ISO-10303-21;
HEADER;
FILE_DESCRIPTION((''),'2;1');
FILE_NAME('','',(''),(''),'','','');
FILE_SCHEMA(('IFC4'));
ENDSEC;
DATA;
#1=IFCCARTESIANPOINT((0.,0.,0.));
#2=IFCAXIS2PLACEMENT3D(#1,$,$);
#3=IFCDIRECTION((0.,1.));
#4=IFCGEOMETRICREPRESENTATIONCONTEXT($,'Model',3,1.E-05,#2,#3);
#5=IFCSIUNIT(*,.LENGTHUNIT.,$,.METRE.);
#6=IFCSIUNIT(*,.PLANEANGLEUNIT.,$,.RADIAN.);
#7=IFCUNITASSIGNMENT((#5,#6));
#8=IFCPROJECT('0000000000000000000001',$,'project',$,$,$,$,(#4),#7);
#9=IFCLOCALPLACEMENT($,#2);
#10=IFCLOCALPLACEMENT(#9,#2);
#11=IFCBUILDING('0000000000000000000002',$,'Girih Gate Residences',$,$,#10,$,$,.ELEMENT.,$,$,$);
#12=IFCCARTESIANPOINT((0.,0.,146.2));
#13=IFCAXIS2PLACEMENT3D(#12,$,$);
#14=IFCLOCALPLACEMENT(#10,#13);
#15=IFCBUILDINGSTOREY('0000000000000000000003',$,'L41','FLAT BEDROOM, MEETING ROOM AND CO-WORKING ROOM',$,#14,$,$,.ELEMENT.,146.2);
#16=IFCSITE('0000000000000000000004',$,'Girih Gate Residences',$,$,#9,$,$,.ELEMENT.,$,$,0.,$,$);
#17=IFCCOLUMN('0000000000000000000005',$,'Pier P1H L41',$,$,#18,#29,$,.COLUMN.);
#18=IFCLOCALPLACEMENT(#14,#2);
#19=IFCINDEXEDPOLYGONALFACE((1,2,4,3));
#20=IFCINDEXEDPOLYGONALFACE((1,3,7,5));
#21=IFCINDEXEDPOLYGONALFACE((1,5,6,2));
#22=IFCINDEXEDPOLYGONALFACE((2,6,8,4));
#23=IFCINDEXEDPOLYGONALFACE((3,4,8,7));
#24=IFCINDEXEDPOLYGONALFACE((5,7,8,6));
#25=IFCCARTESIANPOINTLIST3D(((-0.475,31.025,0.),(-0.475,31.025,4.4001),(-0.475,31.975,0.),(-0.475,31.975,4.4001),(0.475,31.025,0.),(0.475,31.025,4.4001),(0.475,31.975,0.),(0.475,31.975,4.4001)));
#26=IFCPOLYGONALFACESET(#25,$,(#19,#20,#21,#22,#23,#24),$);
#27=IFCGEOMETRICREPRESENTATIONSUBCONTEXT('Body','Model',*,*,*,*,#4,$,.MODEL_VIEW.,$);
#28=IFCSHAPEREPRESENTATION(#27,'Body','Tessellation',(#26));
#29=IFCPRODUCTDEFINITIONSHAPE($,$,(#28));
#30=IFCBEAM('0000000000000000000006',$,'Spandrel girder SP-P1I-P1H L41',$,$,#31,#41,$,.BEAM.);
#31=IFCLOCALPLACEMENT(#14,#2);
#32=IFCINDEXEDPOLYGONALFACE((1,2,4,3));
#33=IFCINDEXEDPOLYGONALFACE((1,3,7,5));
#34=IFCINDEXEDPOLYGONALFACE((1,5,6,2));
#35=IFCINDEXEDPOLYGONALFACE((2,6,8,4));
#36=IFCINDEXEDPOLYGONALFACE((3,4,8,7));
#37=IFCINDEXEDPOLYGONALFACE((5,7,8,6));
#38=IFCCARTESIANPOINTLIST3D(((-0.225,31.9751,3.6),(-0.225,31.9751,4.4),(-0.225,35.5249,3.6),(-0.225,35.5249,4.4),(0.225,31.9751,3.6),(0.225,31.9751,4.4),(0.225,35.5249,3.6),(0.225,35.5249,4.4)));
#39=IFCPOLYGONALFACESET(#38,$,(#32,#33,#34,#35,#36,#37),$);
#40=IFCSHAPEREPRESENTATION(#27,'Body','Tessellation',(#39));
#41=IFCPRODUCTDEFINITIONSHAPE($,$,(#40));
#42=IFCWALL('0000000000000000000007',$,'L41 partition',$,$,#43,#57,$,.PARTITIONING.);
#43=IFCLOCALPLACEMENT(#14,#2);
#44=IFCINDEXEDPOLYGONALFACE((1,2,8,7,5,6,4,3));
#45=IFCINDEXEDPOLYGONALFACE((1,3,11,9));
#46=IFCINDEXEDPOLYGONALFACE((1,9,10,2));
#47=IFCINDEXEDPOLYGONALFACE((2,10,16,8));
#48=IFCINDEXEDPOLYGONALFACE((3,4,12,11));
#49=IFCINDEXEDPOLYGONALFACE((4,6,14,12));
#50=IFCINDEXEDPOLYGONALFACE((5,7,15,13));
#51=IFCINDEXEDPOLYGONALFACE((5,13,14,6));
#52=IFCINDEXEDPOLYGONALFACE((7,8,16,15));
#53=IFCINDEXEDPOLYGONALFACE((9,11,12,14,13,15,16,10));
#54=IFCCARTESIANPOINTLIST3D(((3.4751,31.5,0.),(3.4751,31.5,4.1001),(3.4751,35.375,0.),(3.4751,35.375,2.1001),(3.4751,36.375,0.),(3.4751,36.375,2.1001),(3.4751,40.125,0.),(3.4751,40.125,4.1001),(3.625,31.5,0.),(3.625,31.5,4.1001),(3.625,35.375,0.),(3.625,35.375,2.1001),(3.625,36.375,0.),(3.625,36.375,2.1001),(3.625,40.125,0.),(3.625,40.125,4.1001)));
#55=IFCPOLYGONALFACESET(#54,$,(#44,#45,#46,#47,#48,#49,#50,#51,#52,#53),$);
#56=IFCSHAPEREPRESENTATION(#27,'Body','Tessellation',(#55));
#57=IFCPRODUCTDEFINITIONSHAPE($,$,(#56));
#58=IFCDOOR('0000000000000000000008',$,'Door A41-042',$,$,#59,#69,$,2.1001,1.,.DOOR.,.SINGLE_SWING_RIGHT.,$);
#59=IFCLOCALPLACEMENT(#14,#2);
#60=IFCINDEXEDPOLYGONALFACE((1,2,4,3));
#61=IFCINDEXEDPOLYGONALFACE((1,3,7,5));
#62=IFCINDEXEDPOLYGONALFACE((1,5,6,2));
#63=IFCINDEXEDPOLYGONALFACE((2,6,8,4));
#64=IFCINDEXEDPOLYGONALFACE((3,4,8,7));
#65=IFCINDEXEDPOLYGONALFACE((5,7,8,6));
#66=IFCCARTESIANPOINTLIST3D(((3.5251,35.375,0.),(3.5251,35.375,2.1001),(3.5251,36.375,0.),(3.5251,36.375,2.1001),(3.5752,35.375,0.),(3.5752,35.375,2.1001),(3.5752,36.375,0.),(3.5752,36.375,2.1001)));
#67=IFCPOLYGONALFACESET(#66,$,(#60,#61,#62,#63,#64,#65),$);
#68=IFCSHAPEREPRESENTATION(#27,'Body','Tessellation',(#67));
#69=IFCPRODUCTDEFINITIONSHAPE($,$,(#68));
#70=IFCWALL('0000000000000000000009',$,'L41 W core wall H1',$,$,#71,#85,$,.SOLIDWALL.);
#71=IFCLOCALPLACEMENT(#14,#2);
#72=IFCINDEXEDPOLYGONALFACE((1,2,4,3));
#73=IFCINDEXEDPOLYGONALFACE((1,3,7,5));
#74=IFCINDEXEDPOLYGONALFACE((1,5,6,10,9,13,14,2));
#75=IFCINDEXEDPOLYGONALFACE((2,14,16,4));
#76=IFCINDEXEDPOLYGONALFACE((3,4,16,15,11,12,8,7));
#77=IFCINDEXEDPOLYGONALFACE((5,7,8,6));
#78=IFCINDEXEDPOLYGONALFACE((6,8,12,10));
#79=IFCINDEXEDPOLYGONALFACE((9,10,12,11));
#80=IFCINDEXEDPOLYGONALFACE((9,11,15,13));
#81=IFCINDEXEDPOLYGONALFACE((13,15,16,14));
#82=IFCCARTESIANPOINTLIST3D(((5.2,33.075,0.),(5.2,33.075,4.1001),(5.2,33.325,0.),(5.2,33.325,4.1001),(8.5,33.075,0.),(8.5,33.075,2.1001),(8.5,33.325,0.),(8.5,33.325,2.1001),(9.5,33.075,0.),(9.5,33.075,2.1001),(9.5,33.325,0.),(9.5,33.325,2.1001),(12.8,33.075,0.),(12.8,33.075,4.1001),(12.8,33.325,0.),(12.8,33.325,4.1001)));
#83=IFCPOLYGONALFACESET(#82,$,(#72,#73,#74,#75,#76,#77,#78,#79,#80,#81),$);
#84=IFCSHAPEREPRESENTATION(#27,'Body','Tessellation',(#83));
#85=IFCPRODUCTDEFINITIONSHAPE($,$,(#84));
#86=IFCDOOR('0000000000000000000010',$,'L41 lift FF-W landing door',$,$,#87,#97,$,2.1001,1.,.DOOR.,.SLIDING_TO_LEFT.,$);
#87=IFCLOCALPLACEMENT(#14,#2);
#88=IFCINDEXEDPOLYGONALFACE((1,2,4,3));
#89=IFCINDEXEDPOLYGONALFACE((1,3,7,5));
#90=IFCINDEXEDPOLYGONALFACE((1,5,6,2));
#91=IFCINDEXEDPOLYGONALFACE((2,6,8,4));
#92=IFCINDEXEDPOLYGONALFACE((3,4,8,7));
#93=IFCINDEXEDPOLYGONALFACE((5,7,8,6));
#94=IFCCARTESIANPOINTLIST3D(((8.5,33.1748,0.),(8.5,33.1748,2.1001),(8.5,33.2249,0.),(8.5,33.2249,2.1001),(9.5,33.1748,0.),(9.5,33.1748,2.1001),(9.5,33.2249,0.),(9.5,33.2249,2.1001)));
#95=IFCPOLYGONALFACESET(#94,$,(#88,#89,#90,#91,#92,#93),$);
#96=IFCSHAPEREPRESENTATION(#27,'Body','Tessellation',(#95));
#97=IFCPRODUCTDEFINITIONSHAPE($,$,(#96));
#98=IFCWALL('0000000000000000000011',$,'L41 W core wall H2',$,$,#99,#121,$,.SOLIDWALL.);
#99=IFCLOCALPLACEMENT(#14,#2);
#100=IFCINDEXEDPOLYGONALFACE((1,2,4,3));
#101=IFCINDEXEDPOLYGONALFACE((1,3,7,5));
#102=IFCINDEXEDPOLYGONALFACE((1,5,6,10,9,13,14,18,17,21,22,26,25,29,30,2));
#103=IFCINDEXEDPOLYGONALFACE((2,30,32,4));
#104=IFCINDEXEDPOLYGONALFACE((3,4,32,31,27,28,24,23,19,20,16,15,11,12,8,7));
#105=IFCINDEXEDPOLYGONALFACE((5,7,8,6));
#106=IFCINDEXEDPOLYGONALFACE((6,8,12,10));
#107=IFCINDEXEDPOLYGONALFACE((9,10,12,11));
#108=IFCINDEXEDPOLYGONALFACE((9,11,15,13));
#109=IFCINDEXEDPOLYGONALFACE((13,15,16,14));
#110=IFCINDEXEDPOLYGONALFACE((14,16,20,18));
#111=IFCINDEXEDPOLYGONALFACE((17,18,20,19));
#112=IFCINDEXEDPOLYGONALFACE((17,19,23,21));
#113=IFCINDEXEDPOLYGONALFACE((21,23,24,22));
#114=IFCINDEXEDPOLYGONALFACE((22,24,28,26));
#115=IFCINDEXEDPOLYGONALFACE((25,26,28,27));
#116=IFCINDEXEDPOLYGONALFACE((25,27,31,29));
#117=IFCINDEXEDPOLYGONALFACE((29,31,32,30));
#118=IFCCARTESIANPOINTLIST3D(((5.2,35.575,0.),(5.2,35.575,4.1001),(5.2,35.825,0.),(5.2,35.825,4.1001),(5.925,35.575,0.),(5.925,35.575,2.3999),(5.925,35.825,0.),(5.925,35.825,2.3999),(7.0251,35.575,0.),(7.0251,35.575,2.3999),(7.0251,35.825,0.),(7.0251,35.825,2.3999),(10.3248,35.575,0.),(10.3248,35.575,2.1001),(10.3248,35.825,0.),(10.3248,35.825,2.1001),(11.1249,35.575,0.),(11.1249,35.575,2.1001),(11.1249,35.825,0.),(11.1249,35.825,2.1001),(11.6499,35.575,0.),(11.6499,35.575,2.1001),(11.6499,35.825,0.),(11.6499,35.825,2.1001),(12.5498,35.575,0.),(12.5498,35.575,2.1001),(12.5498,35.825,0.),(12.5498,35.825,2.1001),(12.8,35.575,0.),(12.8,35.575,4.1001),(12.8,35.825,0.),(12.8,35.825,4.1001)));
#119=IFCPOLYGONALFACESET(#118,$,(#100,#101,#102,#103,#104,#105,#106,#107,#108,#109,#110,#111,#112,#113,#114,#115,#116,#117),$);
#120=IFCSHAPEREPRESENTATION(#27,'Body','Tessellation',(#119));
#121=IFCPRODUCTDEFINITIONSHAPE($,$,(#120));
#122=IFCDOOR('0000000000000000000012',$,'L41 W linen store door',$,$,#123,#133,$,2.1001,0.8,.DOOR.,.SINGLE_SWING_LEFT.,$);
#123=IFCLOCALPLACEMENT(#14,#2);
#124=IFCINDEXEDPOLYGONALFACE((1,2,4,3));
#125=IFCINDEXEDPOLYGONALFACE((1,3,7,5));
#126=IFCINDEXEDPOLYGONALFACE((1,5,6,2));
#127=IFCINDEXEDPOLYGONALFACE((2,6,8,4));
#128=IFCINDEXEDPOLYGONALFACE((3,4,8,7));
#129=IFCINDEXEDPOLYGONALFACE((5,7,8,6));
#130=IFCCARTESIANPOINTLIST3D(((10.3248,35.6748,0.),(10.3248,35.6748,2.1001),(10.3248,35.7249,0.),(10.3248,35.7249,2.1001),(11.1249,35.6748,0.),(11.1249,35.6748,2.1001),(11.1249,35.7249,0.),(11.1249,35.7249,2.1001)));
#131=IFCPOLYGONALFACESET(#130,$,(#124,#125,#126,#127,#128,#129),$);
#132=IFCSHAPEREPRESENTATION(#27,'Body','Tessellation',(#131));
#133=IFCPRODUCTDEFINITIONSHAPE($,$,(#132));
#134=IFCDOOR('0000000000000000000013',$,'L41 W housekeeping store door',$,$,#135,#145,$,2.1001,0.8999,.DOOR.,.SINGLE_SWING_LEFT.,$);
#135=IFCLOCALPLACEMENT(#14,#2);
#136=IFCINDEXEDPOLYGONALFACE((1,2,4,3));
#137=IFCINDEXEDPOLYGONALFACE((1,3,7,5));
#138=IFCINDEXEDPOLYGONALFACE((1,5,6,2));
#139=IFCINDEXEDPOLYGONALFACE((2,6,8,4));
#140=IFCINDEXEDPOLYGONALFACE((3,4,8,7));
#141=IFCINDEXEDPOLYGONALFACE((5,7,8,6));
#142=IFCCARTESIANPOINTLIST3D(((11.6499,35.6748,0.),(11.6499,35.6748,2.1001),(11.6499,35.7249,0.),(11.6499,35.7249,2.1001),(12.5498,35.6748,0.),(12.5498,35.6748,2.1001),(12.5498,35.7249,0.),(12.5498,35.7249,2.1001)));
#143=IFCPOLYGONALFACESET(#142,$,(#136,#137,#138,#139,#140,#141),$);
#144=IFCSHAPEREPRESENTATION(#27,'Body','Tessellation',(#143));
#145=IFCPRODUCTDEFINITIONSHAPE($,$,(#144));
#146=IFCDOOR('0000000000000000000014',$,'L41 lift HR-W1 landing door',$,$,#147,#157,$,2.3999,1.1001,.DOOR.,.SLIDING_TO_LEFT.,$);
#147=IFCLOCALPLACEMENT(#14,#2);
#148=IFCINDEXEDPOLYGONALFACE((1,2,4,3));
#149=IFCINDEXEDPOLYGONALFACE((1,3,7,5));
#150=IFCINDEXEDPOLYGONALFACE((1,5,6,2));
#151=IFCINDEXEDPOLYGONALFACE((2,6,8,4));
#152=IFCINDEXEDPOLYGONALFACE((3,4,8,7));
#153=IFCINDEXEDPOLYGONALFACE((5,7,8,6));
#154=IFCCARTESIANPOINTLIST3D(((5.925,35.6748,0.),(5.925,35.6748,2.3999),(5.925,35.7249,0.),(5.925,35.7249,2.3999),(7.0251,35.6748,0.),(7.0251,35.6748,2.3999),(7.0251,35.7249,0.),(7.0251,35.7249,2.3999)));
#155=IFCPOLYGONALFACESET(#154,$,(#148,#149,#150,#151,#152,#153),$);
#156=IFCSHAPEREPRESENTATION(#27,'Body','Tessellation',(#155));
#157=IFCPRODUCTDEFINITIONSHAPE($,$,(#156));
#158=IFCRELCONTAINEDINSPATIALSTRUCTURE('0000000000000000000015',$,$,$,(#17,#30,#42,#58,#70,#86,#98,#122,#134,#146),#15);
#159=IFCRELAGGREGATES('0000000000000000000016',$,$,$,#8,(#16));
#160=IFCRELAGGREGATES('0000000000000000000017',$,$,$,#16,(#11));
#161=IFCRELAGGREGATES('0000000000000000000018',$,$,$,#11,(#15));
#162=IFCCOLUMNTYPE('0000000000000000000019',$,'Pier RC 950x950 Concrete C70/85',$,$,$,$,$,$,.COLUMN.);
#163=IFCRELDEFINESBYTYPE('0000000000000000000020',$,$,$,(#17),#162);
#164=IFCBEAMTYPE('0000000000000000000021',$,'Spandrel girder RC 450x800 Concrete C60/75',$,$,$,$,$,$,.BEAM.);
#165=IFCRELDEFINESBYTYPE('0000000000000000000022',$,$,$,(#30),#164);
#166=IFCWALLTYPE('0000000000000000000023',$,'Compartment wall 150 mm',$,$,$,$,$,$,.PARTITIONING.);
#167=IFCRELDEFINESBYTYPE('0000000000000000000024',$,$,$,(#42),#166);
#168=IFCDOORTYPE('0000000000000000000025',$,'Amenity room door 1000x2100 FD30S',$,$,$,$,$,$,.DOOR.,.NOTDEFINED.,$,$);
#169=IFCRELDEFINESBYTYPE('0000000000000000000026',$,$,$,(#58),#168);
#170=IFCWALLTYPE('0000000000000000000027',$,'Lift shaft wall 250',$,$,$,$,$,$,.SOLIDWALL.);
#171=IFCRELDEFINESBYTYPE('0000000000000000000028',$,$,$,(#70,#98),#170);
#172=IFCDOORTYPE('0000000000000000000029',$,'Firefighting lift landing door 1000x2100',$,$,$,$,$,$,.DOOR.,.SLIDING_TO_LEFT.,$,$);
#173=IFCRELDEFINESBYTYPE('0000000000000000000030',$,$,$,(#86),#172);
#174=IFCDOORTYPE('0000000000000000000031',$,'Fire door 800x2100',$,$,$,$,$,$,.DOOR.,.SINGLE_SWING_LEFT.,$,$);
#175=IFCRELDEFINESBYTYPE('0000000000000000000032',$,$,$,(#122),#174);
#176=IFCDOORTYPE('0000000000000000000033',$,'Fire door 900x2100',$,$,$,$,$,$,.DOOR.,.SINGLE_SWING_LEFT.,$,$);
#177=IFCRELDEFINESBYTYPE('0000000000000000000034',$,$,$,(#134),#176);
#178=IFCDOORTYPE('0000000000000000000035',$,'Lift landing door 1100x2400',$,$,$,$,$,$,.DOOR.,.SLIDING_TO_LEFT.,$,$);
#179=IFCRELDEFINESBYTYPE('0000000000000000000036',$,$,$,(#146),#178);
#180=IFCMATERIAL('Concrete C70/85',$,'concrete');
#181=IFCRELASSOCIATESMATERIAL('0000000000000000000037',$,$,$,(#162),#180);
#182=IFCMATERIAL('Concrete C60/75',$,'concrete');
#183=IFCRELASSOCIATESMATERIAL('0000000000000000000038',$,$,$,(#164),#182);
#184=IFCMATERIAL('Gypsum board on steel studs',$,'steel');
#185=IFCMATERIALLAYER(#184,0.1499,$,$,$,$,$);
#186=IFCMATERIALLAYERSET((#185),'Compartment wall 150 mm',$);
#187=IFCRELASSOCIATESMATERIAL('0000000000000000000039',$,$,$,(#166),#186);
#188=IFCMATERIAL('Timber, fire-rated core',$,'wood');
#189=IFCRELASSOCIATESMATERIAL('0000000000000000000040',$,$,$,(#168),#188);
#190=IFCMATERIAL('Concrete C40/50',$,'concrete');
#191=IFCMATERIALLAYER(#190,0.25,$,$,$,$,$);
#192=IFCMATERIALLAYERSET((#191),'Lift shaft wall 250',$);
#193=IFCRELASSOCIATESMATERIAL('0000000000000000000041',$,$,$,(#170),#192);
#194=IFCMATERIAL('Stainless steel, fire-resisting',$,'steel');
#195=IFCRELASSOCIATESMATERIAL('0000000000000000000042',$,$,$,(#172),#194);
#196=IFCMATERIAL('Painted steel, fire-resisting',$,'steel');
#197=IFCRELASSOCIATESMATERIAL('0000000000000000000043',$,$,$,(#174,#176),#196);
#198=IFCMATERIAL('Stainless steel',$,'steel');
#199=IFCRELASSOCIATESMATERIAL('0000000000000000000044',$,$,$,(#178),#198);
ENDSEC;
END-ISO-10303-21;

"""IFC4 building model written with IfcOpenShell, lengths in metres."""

from ifc_helpers import new_model, si_unit, direction, frame, frame_2d, origin, origin_2d, place, context, subcontext, project, spatial, rectangle, extrude, material, layer, layer_set, material_profile, profile_set, type_object, element, fill, save


model = new_model("IFC4")

# Units and contexts
model_context = context("Model", 3, precision=1e-05, world=origin(), true_north=direction((0.0, 1.0)))
body_context = subcontext(model_context, "Body", "Model", "MODEL_VIEW")
ifc_project = project(units=[si_unit("LENGTHUNIT", "METRE"), si_unit("PLANEANGLEUNIT", "RADIAN")], contexts=[model_context])

# Site, building, storey
site_placement = place(None, origin())
site = spatial("IfcSite", under=ifc_project, at=site_placement, Name="Girih Gate Residences", CompositionType="ELEMENT", RefElevation=0.0)
building_placement = place(site_placement, origin())
building = spatial("IfcBuilding", under=site, at=building_placement, Name="Girih Gate Residences", CompositionType="ELEMENT")
storey_placement = place(building_placement, frame((0.0, 0.0, 146.2)))
storey = spatial("IfcBuildingStorey", under=building, at=storey_placement, Name="L41", Description="FLAT BEDROOM, MEETING ROOM AND CO-WORKING ROOM", CompositionType="ELEMENT", Elevation=146.2)

# Column
ifc_material_1 = material(Name="Concrete C70/85", Category="concrete")
ifc_material_profile_1 = material_profile(ifc_material_1, rectangle(XDim=0.95, YDim=0.95, at=origin_2d()))
ifc_profile_set_1 = profile_set([ifc_material_profile_1], Name="Concrete C70/85")
column_type = type_object("IfcColumnType", Name="Pier RC 950x950 Concrete C70/85", PredefinedType="COLUMN", material=ifc_profile_set_1)
column_placement = place(storey_placement, frame((0.0, 31.5, 0.0), z_axis=(0.0, 0.0, 1.0), x_axis=(1.0, 0.0, 0.0)))
element("IfcColumn", 1, at=column_placement, inside=storey, type_object=column_type, Name="Pier P1H L41", PredefinedType="COLUMN", context=body_context, shape_type="SweptSolid", body=[
    extrude(rectangle(XDim=0.95, YDim=0.95, at=origin_2d()), origin(), (0.0, 0.0, 1.0), 4.4001),
])

# Beam
ifc_material_2 = material(Name="Concrete C60/75", Category="concrete")
ifc_material_profile_2 = material_profile(ifc_material_2, rectangle(XDim=0.45, YDim=0.8, at=origin_2d()))
ifc_profile_set_2 = profile_set([ifc_material_profile_2], Name="Concrete C60/75")
beam_type = type_object("IfcBeamType", Name="Spandrel girder RC 450x800 Concrete C60/75", PredefinedType="BEAM", material=ifc_profile_set_2)
beam_placement = place(storey_placement, frame((0.0, 35.5249, 4.0), z_axis=(0.0, -1.0, 0.0), x_axis=(1.0, 0.0, 0.0)))
element("IfcBeam", 2, at=beam_placement, inside=storey, type_object=beam_type, Name="Spandrel girder SP-P1I-P1H L41", PredefinedType="BEAM", context=body_context, shape_type="SweptSolid", body=[
    extrude(rectangle(XDim=0.45, YDim=0.8, at=origin_2d()), origin(), (0.0, 0.0, 1.0), 3.5498),
])

# Walls, openings, doors
ifc_material_3 = material(Name="Gypsum board on steel studs", Category="steel")
ifc_layer_1 = layer(ifc_material_3, 0.1499)
ifc_layer_set_1 = layer_set([ifc_layer_1], Name="Compartment wall 150 mm")
wall_type_1 = type_object("IfcWallType", Name="Compartment wall 150 mm", PredefinedType="PARTITIONING", material=ifc_layer_set_1)
wall_1_placement = place(storey_placement, frame((3.55, 31.5, 0.0), z_axis=(0.0, 0.0, 1.0), x_axis=(0.0, 1.0, 0.0)))
wall_1 = element("IfcWall", 3, at=wall_1_placement, inside=storey, type_object=wall_type_1, Name="L41 partition", PredefinedType="PARTITIONING", context=body_context, shape_type="SweptSolid", body=[
    extrude(rectangle(XDim=8.625, YDim=0.1499, at=frame_2d((4.3125, 0.0))), origin(), (0.0, 0.0, 1.0), 4.1001),
])
opening_1_placement = place(wall_1_placement, frame((3.875, 0.0, 0.0)))
opening_1 = element("IfcOpeningElement", 4, at=opening_1_placement, cuts=wall_1, PredefinedType="OPENING", context=body_context, shape_type="SweptSolid", body=[
    extrude(rectangle(XDim=1.0, YDim=2.1001, at=frame_2d((0.5, 1.05))), frame((0.0, 0.085, 0.0), z_axis=(0.0, -1.0, 0.0), x_axis=(1.0, 0.0, 0.0)), (0.0, 0.0, 1.0), 0.1699),
])
ifc_material_4 = material(Name="Timber, fire-rated core", Category="wood")
door_type_1 = type_object("IfcDoorType", Name="Amenity room door 1000x2100 FD30S", OperationType="NOTDEFINED", PredefinedType="DOOR", material=ifc_material_4)
door_1_placement = place(opening_1_placement, origin())
door_1 = element("IfcDoor", 5, at=door_1_placement, inside=storey, type_object=door_type_1, Name="Door A41-042", OperationType="SINGLE_SWING_RIGHT", OverallHeight=2.1001, OverallWidth=1.0, PredefinedType="DOOR", context=body_context, shape_type="SweptSolid", body=[
    extrude(rectangle(XDim=1.0, YDim=2.1001, at=frame_2d((0.5, 1.05))), frame((0.0, 0.0249, 0.0), z_axis=(0.0, -1.0, 0.0), x_axis=(1.0, 0.0, 0.0)), (0.0, 0.0, 1.0), 0.05),
])
fill(opening_1, door_1)
ifc_material_5 = material(Name="Concrete C40/50", Category="concrete")
ifc_layer_2 = layer(ifc_material_5, 0.25)
ifc_layer_set_2 = layer_set([ifc_layer_2], Name="Lift shaft wall 250")
wall_type_2 = type_object("IfcWallType", Name="Lift shaft wall 250", PredefinedType="SOLIDWALL", material=ifc_layer_set_2)
wall_2_placement = place(storey_placement, frame((5.2, 33.2, 0.0), z_axis=(0.0, 0.0, 1.0), x_axis=(1.0, 0.0, 0.0)))
wall_2 = element("IfcWall", 6, at=wall_2_placement, inside=storey, type_object=wall_type_2, Name="L41 W core wall H1", PredefinedType="SOLIDWALL", context=body_context, shape_type="SweptSolid", body=[
    extrude(rectangle(XDim=7.6001, YDim=0.25, at=frame_2d((3.8, 0.0))), origin(), (0.0, 0.0, 1.0), 4.1001),
])
opening_2_placement = place(wall_2_placement, frame((3.3, 0.0, 0.0)))
opening_2 = element("IfcOpeningElement", 7, at=opening_2_placement, cuts=wall_2, PredefinedType="OPENING", context=body_context, shape_type="SweptSolid", body=[
    extrude(rectangle(XDim=1.0, YDim=2.1001, at=frame_2d((0.5, 1.05))), frame((0.0, 0.135, 0.0), z_axis=(0.0, -1.0, 0.0), x_axis=(1.0, 0.0, 0.0)), (0.0, 0.0, 1.0), 0.27),
])
ifc_material_6 = material(Name="Stainless steel, fire-resisting", Category="steel")
door_type_2 = type_object("IfcDoorType", Name="Firefighting lift landing door 1000x2100", OperationType="SLIDING_TO_LEFT", PredefinedType="DOOR", material=ifc_material_6)
door_2_placement = place(opening_2_placement, origin())
door_2 = element("IfcDoor", 8, at=door_2_placement, inside=storey, type_object=door_type_2, Name="L41 lift FF-W landing door", OperationType="SLIDING_TO_LEFT", OverallHeight=2.1001, OverallWidth=1.0, PredefinedType="DOOR", context=body_context, shape_type="SweptSolid", body=[
    extrude(rectangle(XDim=1.0, YDim=2.1001, at=frame_2d((0.5, 1.05))), frame((0.0, 0.0249, 0.0), z_axis=(0.0, -1.0, 0.0), x_axis=(1.0, 0.0, 0.0)), (0.0, 0.0, 1.0), 0.05),
])
fill(opening_2, door_2)

# Wall, openings, doors
wall_3_placement = place(storey_placement, frame((5.2, 35.7, 0.0), z_axis=(0.0, 0.0, 1.0), x_axis=(1.0, 0.0, 0.0)))
wall_3 = element("IfcWall", 9, at=wall_3_placement, inside=storey, type_object=wall_type_2, Name="L41 W core wall H2", PredefinedType="SOLIDWALL", context=body_context, shape_type="SweptSolid", body=[
    extrude(rectangle(XDim=7.6001, YDim=0.25, at=frame_2d((3.8, 0.0))), origin(), (0.0, 0.0, 1.0), 4.1001),
])
opening_3_placement = place(wall_3_placement, frame((0.7251, 0.0, 0.0)))
opening_3 = element("IfcOpeningElement", 10, at=opening_3_placement, cuts=wall_3, PredefinedType="OPENING", context=body_context, shape_type="SweptSolid", body=[
    extrude(rectangle(XDim=1.1001, YDim=2.3999, at=frame_2d((0.55, 1.2))), frame((0.0, 0.135, 0.0), z_axis=(0.0, -1.0, 0.0), x_axis=(1.0, 0.0, 0.0)), (0.0, 0.0, 1.0), 0.27),
])
opening_4_placement = place(wall_3_placement, frame((5.125, 0.0, 0.0)))
opening_4 = element("IfcOpeningElement", 11, at=opening_4_placement, cuts=wall_3, PredefinedType="OPENING", context=body_context, shape_type="SweptSolid", body=[
    extrude(rectangle(XDim=0.8, YDim=2.1001, at=frame_2d((0.3999, 1.05))), frame((0.0, 0.135, 0.0), z_axis=(0.0, -1.0, 0.0), x_axis=(1.0, 0.0, 0.0)), (0.0, 0.0, 1.0), 0.27),
])
opening_5_placement = place(wall_3_placement, frame((6.45, 0.0, 0.0)))
opening_5 = element("IfcOpeningElement", 12, at=opening_5_placement, cuts=wall_3, PredefinedType="OPENING", context=body_context, shape_type="SweptSolid", body=[
    extrude(rectangle(XDim=0.8999, YDim=2.1001, at=frame_2d((0.45, 1.05))), frame((0.0, 0.135, 0.0), z_axis=(0.0, -1.0, 0.0), x_axis=(1.0, 0.0, 0.0)), (0.0, 0.0, 1.0), 0.27),
])
ifc_material_7 = material(Name="Painted steel, fire-resisting", Category="steel")
door_type_3 = type_object("IfcDoorType", Name="Fire door 800x2100", OperationType="SINGLE_SWING_LEFT", PredefinedType="DOOR", material=ifc_material_7)
door_3_placement = place(opening_4_placement, origin())
door_3 = element("IfcDoor", 13, at=door_3_placement, inside=storey, type_object=door_type_3, Name="L41 W linen store door", OperationType="SINGLE_SWING_LEFT", OverallHeight=2.1001, OverallWidth=0.8, PredefinedType="DOOR", context=body_context, shape_type="SweptSolid", body=[
    extrude(rectangle(XDim=0.8, YDim=2.1001, at=frame_2d((0.3999, 1.05))), frame((0.0, 0.0249, 0.0), z_axis=(0.0, -1.0, 0.0), x_axis=(1.0, 0.0, 0.0)), (0.0, 0.0, 1.0), 0.05),
])
fill(opening_4, door_3)
door_type_4 = type_object("IfcDoorType", Name="Fire door 900x2100", OperationType="SINGLE_SWING_LEFT", PredefinedType="DOOR", material=ifc_material_7)
door_4_placement = place(opening_5_placement, origin())
door_4 = element("IfcDoor", 14, at=door_4_placement, inside=storey, type_object=door_type_4, Name="L41 W housekeeping store door", OperationType="SINGLE_SWING_LEFT", OverallHeight=2.1001, OverallWidth=0.8999, PredefinedType="DOOR", context=body_context, shape_type="SweptSolid", body=[
    extrude(rectangle(XDim=0.8999, YDim=2.1001, at=frame_2d((0.45, 1.05))), frame((0.0, 0.0249, 0.0), z_axis=(0.0, -1.0, 0.0), x_axis=(1.0, 0.0, 0.0)), (0.0, 0.0, 1.0), 0.05),
])
fill(opening_5, door_4)
ifc_material_8 = material(Name="Stainless steel", Category="steel")
door_type_5 = type_object("IfcDoorType", Name="Lift landing door 1100x2400", OperationType="SLIDING_TO_LEFT", PredefinedType="DOOR", material=ifc_material_8)
door_5_placement = place(opening_3_placement, origin())
door_5 = element("IfcDoor", 15, at=door_5_placement, inside=storey, type_object=door_type_5, Name="L41 lift HR-W1 landing door", OperationType="SLIDING_TO_LEFT", OverallHeight=2.3999, OverallWidth=1.1001, PredefinedType="DOOR", context=body_context, shape_type="SweptSolid", body=[
    extrude(rectangle(XDim=1.1001, YDim=2.3999, at=frame_2d((0.55, 1.2))), frame((0.0, 0.0249, 0.0), z_axis=(0.0, -1.0, 0.0), x_axis=(1.0, 0.0, 0.0)), (0.0, 0.0, 1.0), 0.05),
])
fill(opening_3, door_5)

save(model, "model.ifc")
